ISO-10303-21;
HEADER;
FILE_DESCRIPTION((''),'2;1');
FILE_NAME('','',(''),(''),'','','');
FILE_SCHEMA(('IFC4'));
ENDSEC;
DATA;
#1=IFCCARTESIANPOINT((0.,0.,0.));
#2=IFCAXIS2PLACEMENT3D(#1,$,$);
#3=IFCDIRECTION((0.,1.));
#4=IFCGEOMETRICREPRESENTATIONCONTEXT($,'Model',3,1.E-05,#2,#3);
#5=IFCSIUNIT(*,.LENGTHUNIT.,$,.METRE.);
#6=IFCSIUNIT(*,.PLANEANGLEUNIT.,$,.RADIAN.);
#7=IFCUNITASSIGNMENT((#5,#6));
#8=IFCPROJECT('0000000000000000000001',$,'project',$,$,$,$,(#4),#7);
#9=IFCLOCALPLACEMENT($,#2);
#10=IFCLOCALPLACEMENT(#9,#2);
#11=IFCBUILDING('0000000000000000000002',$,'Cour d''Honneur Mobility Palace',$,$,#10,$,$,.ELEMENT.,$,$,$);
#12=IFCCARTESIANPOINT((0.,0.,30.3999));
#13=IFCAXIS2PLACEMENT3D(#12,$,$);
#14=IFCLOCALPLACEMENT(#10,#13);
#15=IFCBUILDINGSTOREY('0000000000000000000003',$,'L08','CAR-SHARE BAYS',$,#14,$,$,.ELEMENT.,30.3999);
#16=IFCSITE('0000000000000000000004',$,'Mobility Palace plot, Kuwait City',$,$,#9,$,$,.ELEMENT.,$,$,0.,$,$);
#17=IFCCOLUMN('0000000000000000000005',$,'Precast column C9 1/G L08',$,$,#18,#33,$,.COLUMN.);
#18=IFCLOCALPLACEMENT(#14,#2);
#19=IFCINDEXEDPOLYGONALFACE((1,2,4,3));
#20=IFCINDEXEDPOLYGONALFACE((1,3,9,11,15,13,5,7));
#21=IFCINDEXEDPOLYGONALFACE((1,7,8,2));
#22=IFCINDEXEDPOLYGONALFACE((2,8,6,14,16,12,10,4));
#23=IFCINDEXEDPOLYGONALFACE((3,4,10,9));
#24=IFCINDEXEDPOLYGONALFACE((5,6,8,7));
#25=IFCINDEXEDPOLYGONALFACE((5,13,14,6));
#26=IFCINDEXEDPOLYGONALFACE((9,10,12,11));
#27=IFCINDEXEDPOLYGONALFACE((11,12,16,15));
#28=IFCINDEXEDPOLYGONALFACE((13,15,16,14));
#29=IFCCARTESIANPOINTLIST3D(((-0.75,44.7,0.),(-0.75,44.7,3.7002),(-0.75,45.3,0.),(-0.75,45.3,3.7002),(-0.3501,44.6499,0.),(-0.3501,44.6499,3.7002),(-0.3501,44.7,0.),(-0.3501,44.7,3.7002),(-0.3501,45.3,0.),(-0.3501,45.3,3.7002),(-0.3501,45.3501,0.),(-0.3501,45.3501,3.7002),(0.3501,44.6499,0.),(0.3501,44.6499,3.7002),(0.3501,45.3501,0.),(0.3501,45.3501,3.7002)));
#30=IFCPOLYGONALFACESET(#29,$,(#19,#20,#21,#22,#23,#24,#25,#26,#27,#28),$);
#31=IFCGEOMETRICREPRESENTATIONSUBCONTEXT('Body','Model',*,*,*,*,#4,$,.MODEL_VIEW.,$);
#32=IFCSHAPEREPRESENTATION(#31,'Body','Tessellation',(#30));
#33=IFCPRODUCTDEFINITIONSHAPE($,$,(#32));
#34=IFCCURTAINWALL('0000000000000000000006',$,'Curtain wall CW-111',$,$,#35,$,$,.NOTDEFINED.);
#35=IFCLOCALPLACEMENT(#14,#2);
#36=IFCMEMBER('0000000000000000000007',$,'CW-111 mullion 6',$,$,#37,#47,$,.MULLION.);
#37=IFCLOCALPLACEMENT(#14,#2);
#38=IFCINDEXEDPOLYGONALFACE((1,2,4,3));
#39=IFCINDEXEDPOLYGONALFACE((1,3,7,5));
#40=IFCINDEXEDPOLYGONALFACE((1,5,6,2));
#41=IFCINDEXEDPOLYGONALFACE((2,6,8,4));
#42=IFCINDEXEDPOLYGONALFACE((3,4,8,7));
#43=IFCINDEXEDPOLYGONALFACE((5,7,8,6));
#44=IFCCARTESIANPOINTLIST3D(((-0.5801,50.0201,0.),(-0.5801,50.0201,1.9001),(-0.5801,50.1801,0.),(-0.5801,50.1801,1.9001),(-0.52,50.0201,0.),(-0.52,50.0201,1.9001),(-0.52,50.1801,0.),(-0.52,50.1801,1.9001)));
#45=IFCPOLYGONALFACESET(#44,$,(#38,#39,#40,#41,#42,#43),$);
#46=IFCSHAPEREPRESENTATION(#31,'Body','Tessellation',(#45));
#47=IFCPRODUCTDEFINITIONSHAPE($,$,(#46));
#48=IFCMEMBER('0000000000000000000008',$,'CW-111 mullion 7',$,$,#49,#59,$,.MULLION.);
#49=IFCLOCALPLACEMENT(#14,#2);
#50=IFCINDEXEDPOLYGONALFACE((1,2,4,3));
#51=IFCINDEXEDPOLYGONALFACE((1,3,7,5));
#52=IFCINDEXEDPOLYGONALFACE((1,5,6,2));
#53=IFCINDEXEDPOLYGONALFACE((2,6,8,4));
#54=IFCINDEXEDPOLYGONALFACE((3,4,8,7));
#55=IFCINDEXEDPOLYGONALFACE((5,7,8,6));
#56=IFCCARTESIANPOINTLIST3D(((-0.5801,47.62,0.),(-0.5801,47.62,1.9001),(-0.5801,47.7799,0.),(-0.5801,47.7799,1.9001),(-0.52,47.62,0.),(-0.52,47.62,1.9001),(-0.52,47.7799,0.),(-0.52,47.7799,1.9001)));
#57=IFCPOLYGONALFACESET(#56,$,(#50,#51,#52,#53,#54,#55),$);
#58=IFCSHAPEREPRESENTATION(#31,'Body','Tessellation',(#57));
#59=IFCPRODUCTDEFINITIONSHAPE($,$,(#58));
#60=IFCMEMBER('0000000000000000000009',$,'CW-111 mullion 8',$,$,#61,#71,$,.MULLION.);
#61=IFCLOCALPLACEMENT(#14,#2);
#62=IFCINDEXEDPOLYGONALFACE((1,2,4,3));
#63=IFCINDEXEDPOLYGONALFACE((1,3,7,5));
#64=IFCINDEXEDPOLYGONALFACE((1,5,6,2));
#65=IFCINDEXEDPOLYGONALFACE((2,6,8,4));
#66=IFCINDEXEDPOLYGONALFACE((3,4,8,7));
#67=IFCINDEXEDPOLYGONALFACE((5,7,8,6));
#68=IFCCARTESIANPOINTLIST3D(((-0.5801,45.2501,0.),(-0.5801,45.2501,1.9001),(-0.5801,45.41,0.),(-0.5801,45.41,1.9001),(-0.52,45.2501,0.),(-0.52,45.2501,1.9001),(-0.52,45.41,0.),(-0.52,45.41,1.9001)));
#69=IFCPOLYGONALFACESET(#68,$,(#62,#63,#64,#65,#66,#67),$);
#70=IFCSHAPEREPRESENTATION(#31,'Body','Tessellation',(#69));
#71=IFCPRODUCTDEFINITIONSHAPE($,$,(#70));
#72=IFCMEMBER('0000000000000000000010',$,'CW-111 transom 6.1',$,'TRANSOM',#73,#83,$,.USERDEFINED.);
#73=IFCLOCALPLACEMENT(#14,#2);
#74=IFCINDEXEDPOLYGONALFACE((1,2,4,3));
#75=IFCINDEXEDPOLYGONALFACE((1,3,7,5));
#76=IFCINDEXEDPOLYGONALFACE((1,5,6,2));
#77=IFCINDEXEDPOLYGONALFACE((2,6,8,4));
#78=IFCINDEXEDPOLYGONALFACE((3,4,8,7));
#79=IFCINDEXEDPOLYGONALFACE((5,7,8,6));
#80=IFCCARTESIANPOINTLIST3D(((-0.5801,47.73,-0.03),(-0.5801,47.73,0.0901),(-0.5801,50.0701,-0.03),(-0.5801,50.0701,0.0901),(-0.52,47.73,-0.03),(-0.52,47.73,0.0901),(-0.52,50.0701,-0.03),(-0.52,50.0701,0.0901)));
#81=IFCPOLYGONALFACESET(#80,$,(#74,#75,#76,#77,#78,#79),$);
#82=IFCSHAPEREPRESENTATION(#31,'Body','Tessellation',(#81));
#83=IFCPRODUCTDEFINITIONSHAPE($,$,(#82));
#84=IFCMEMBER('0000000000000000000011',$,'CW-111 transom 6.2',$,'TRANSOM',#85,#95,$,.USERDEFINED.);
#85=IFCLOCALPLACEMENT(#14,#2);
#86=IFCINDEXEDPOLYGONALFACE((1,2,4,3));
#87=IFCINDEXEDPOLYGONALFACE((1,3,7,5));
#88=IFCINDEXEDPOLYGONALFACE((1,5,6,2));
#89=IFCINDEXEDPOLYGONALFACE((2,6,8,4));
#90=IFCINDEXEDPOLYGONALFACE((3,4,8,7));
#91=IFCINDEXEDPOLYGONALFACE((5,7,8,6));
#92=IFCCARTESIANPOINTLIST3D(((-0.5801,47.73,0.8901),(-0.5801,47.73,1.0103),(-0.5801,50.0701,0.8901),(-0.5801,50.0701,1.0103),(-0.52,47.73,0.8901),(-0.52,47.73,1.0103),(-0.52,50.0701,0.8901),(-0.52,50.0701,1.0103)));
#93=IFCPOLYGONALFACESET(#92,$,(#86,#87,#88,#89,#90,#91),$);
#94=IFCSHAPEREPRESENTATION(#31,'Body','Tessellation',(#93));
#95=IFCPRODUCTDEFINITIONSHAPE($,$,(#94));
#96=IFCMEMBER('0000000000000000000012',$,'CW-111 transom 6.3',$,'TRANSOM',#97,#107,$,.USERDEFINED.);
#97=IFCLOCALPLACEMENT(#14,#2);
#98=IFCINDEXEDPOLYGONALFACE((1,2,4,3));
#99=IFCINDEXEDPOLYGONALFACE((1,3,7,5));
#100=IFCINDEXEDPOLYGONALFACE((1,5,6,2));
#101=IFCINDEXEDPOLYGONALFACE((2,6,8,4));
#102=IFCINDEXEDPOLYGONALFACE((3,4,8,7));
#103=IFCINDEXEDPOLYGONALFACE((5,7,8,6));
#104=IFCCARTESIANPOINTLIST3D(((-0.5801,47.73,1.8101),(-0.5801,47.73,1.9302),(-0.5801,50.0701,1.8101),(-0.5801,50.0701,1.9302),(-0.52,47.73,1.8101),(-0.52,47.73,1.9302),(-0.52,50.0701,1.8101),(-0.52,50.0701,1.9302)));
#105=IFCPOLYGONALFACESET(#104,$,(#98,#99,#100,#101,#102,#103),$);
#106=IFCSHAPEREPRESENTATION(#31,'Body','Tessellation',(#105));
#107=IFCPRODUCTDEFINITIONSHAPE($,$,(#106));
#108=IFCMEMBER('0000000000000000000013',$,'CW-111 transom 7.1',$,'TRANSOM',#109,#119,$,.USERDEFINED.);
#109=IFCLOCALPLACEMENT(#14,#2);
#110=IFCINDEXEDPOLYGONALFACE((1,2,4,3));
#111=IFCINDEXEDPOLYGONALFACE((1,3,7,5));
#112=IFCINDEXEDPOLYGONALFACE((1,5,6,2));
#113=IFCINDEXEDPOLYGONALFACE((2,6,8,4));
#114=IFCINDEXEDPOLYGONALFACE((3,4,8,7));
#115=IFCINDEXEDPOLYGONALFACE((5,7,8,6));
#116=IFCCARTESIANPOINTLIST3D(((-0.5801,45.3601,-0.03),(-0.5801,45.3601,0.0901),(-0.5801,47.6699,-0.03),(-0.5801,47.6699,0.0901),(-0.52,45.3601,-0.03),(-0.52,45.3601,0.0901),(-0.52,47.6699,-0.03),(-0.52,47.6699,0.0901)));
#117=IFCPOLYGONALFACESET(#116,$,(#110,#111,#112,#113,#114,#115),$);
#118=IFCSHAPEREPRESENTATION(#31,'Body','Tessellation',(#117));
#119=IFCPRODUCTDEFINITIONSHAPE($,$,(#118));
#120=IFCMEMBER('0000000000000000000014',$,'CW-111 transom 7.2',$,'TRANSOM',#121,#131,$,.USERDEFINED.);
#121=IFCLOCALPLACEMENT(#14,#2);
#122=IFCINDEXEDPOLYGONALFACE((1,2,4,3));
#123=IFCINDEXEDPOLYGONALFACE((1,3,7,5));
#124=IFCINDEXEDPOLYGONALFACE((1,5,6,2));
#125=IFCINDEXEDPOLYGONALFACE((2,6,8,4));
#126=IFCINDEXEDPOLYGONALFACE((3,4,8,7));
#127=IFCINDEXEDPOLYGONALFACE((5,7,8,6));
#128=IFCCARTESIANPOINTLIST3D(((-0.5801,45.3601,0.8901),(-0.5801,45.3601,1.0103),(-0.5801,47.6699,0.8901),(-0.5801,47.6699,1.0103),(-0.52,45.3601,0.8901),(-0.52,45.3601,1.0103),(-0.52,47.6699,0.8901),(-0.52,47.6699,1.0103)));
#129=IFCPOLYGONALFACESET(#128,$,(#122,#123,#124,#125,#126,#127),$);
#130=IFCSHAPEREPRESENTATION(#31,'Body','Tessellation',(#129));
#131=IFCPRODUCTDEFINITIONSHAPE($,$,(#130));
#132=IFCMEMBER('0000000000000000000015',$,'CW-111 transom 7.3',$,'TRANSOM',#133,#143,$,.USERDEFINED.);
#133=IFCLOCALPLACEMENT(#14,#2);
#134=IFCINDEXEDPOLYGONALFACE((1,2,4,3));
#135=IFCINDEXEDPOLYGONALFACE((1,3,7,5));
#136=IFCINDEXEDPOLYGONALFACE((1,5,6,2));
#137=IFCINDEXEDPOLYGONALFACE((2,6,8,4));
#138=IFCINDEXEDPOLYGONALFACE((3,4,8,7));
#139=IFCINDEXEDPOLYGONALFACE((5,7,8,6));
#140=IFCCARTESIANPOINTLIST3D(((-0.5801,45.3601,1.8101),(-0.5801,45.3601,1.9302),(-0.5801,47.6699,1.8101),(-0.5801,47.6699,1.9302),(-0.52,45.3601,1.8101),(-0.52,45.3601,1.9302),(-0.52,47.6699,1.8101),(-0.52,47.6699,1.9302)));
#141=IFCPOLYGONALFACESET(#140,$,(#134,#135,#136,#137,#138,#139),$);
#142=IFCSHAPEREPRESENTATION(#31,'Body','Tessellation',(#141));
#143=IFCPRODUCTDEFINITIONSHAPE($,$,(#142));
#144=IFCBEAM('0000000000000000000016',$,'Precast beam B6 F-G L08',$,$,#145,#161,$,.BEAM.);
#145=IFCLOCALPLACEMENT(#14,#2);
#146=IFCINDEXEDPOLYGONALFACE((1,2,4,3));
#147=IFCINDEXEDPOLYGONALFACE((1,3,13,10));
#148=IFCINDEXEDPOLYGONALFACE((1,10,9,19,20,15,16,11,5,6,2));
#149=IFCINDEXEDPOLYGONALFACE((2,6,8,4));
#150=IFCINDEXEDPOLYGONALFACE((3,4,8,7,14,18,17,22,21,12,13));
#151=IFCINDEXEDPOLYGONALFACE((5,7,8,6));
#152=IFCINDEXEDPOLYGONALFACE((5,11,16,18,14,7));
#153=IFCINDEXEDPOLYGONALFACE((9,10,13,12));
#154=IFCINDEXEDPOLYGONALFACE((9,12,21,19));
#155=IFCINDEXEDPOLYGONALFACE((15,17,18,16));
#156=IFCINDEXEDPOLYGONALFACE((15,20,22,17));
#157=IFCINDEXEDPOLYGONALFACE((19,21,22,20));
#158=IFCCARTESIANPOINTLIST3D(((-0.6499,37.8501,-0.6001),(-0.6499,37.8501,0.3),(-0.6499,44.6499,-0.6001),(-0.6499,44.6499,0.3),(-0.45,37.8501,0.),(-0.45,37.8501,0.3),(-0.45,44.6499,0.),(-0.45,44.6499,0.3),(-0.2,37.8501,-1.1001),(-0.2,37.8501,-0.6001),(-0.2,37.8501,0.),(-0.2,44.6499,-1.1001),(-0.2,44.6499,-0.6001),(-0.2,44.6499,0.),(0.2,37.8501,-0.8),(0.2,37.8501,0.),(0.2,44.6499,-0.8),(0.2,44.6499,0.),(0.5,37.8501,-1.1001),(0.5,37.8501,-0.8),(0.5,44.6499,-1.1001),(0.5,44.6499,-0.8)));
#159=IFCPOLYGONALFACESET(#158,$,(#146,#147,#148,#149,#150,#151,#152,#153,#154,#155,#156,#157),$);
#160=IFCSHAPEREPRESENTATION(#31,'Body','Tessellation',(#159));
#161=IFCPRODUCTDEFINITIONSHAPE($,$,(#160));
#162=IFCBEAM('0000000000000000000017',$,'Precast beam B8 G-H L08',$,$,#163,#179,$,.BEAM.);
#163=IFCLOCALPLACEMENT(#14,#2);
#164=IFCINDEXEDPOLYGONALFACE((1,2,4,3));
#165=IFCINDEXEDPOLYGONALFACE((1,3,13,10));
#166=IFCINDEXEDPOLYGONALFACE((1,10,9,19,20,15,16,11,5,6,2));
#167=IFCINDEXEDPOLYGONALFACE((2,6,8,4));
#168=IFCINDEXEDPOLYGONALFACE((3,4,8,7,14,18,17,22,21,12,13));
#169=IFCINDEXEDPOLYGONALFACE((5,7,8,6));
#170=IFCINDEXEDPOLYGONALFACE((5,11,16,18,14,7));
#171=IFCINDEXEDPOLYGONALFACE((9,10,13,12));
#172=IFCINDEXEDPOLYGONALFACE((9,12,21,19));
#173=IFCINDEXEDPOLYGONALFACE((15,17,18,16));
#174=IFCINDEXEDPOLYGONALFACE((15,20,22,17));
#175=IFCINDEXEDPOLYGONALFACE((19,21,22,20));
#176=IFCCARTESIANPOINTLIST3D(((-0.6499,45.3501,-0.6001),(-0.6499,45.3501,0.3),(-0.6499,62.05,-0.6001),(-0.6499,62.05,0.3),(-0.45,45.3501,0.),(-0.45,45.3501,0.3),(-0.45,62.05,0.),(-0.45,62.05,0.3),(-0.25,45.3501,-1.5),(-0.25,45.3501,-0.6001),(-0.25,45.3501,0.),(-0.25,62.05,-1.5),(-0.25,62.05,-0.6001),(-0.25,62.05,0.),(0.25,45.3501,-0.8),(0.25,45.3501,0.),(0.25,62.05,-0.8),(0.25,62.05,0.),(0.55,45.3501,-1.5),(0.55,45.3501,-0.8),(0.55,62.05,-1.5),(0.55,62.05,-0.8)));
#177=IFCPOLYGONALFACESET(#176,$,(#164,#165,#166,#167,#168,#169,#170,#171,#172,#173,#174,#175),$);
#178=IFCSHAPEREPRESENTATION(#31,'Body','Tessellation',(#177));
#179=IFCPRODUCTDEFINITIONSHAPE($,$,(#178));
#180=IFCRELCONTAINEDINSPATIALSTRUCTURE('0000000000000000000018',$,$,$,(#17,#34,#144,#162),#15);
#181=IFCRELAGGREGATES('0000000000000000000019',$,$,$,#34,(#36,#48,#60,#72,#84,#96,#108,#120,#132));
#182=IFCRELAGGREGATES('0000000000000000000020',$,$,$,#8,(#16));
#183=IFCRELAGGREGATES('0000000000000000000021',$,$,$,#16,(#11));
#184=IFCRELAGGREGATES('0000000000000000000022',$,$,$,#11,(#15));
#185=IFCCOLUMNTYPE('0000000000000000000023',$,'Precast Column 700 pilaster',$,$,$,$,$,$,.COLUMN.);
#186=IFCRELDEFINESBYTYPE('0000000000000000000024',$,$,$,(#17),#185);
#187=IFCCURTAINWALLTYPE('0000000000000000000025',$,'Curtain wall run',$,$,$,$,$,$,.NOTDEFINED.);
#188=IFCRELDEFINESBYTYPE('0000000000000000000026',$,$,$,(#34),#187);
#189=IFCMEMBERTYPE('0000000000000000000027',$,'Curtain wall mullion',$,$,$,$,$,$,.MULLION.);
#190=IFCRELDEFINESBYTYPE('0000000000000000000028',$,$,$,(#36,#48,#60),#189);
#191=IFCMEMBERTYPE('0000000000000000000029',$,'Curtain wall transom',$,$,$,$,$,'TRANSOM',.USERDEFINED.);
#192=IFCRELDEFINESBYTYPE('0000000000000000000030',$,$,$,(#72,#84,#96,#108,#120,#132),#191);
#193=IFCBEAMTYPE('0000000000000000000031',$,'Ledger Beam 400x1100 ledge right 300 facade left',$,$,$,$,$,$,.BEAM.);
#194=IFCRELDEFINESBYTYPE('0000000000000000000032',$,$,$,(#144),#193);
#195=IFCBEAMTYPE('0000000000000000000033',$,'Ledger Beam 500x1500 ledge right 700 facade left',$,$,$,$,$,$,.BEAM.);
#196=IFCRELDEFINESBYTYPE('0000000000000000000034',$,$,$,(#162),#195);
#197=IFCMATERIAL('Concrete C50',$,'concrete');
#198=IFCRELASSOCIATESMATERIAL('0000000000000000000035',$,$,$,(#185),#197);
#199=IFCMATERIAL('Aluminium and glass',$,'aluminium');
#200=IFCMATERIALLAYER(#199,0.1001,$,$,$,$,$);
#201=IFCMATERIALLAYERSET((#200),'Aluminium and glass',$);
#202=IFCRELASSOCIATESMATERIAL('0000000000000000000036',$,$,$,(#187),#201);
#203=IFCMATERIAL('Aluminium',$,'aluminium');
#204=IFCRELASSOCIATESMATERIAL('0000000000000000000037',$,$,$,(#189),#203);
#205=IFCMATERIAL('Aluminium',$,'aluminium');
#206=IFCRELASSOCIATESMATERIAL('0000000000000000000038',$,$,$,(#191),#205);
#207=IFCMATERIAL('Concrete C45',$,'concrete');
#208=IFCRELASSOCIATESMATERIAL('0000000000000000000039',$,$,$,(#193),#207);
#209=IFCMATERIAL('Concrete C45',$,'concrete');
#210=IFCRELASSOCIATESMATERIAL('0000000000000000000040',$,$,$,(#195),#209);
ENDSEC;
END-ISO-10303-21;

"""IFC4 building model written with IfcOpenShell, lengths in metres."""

from ifc_helpers import new_model, si_unit, direction, frame, origin, origin_2d, place, context, subcontext, project, spatial, polyline, rectangle, outline, extrude, material, layer, layer_set, material_profile, profile_set, type_object, element, aggregate, save


model = new_model("IFC4")

# Units and contexts
model_context = context("Model", 3, precision=1e-05, world=origin(), true_north=direction((0.0, 1.0)))
body_context = subcontext(model_context, "Body", "Model", "MODEL_VIEW")
ifc_project = project(units=[si_unit("LENGTHUNIT", "METRE"), si_unit("PLANEANGLEUNIT", "RADIAN")], contexts=[model_context])

# Site, building, storey
site_placement = place(None, origin())
site = spatial("IfcSite", under=ifc_project, at=site_placement, Name="Mobility Palace plot, Kuwait City", CompositionType="ELEMENT", RefElevation=0.0)
building_placement = place(site_placement, origin())
building = spatial("IfcBuilding", under=site, at=building_placement, Name="Cour d'Honneur Mobility Palace", CompositionType="ELEMENT")
storey_placement = place(building_placement, frame((0.0, 0.0, 30.3999)))
storey = spatial("IfcBuildingStorey", under=building, at=storey_placement, Name="L08", Description="CAR-SHARE BAYS", CompositionType="ELEMENT", Elevation=30.3999)

# Column
ifc_material_1 = material(Name="Concrete C50", Category="concrete")
ifc_material_profile_1 = material_profile(ifc_material_1, outline(polyline([(-0.3501, -0.3501), (0.3501, -0.3501), (0.3501, -0.3), (0.75, -0.3), (0.75, 0.3), (0.3501, 0.3), (0.3501, 0.3501), (-0.3501, 0.3501), (-0.3501, -0.3501)])), Name="PC C700 pilaster")
ifc_profile_set_1 = profile_set([ifc_material_profile_1], Name="Concrete C50")
column_type = type_object("IfcColumnType", Name="Precast Column 700 pilaster", PredefinedType="COLUMN", material=ifc_profile_set_1)
column_placement = place(storey_placement, frame((0.0, 45.0, 0.0), z_axis=(0.0, 0.0, 1.0), x_axis=(-1.0, 0.0, 0.0)))
element("IfcColumn", 1, at=column_placement, inside=storey, type_object=column_type, Name="Precast column C9 1/G L08", PredefinedType="COLUMN", context=body_context, shape_type="SweptSolid", body=[
    extrude(outline(polyline([(-0.3501, -0.3501), (0.3501, -0.3501), (0.3501, -0.3), (0.75, -0.3), (0.75, 0.3), (0.3501, 0.3), (0.3501, 0.3501), (-0.3501, 0.3501), (-0.3501, -0.3501)])), origin(), (0.0, 0.0, 1.0), 3.7002),
])

# Curtain wall, members
ifc_material_2 = material(Name="Aluminium and glass", Category="aluminium")
ifc_layer_1 = layer(ifc_material_2, 0.1001)
ifc_layer_set_1 = layer_set([ifc_layer_1], Name="Aluminium and glass")
curtain_wall_type = type_object("IfcCurtainWallType", Name="Curtain wall run", PredefinedType="NOTDEFINED", material=ifc_layer_set_1)
curtain_wall_placement = place(storey_placement, origin())
curtain_wall = element("IfcCurtainWall", 2, at=curtain_wall_placement, inside=storey, type_object=curtain_wall_type, Name="Curtain wall CW-111", PredefinedType="NOTDEFINED")
ifc_material_3 = material(Name="Aluminium", Category="aluminium")
ifc_material_profile_2 = material_profile(ifc_material_3, rectangle(XDim=0.0601, YDim=0.1599, at=origin_2d()), Name="Curtain wall mullion")
ifc_profile_set_2 = profile_set([ifc_material_profile_2], Name="Aluminium")
member_type_1 = type_object("IfcMemberType", Name="Curtain wall mullion", PredefinedType="MULLION", material=ifc_profile_set_2)
member_1_placement = place(storey_placement, frame((-0.55, 50.1001, 0.0), z_axis=(0.0, 0.0, 1.0), x_axis=(1.0, 0.0, 0.0)))
member_1 = element("IfcMember", 3, at=member_1_placement, type_object=member_type_1, Name="CW-111 mullion 6", PredefinedType="MULLION", context=body_context, shape_type="SweptSolid", body=[
    extrude(rectangle(XDim=0.0601, YDim=0.1599, at=origin_2d()), origin(), (0.0, 0.0, 1.0), 1.9001),
])
member_2_placement = place(storey_placement, frame((-0.55, 47.7, 0.0), z_axis=(0.0, 0.0, 1.0), x_axis=(1.0, 0.0, 0.0)))
member_2 = element("IfcMember", 4, at=member_2_placement, type_object=member_type_1, Name="CW-111 mullion 7", PredefinedType="MULLION", context=body_context, shape_type="SweptSolid", body=[
    extrude(rectangle(XDim=0.0601, YDim=0.1599, at=origin_2d()), origin(), (0.0, 0.0, 1.0), 1.9001),
])
member_3_placement = place(storey_placement, frame((-0.55, 45.3301, 0.0), z_axis=(0.0, 0.0, 1.0), x_axis=(1.0, 0.0, 0.0)))
member_3 = element("IfcMember", 5, at=member_3_placement, type_object=member_type_1, Name="CW-111 mullion 8", PredefinedType="MULLION", context=body_context, shape_type="SweptSolid", body=[
    extrude(rectangle(XDim=0.0601, YDim=0.1599, at=origin_2d()), origin(), (0.0, 0.0, 1.0), 1.9001),
])
ifc_material_4 = material(Name="Aluminium", Category="aluminium")
ifc_material_profile_3 = material_profile(ifc_material_4, rectangle(XDim=0.0601, YDim=0.1201, at=origin_2d()), Name="Curtain wall transom")
ifc_profile_set_3 = profile_set([ifc_material_profile_3], Name="Aluminium")
member_type_2 = type_object("IfcMemberType", Name="Curtain wall transom", ElementType="TRANSOM", PredefinedType="USERDEFINED", material=ifc_profile_set_3)
member_4_placement = place(storey_placement, frame((-0.55, 50.0701, 0.03), z_axis=(0.0, -1.0, 0.0), x_axis=(1.0, 0.0, 0.0)))
member_4 = element("IfcMember", 6, at=member_4_placement, type_object=member_type_2, Name="CW-111 transom 6.1", ObjectType="TRANSOM", PredefinedType="USERDEFINED", context=body_context, shape_type="SweptSolid", body=[
    extrude(rectangle(XDim=0.0601, YDim=0.1201, at=origin_2d()), origin(), (0.0, 0.0, 1.0), 2.3401),
])
member_5_placement = place(storey_placement, frame((-0.55, 50.0701, 0.9502), z_axis=(0.0, -1.0, 0.0), x_axis=(1.0, 0.0, 0.0)))
member_5 = element("IfcMember", 7, at=member_5_placement, type_object=member_type_2, Name="CW-111 transom 6.2", ObjectType="TRANSOM", PredefinedType="USERDEFINED", context=body_context, shape_type="SweptSolid", body=[
    extrude(rectangle(XDim=0.0601, YDim=0.1201, at=origin_2d()), origin(), (0.0, 0.0, 1.0), 2.3401),
])
member_6_placement = place(storey_placement, frame((-0.55, 50.0701, 1.8701), z_axis=(0.0, -1.0, 0.0), x_axis=(1.0, 0.0, 0.0)))
member_6 = element("IfcMember", 8, at=member_6_placement, type_object=member_type_2, Name="CW-111 transom 6.3", ObjectType="TRANSOM", PredefinedType="USERDEFINED", context=body_context, shape_type="SweptSolid", body=[
    extrude(rectangle(XDim=0.0601, YDim=0.1201, at=origin_2d()), origin(), (0.0, 0.0, 1.0), 2.3401),
])
member_7_placement = place(storey_placement, frame((-0.55, 47.6699, 0.03), z_axis=(0.0, -1.0, 0.0), x_axis=(1.0, 0.0, 0.0)))
member_7 = element("IfcMember", 9, at=member_7_placement, type_object=member_type_2, Name="CW-111 transom 7.1", ObjectType="TRANSOM", PredefinedType="USERDEFINED", context=body_context, shape_type="SweptSolid", body=[
    extrude(rectangle(XDim=0.0601, YDim=0.1201, at=origin_2d()), origin(), (0.0, 0.0, 1.0), 2.3098),
])
member_8_placement = place(storey_placement, frame((-0.55, 47.6699, 0.9502), z_axis=(0.0, -1.0, 0.0), x_axis=(1.0, 0.0, 0.0)))
member_8 = element("IfcMember", 10, at=member_8_placement, type_object=member_type_2, Name="CW-111 transom 7.2", ObjectType="TRANSOM", PredefinedType="USERDEFINED", context=body_context, shape_type="SweptSolid", body=[
    extrude(rectangle(XDim=0.0601, YDim=0.1201, at=origin_2d()), origin(), (0.0, 0.0, 1.0), 2.3098),
])
member_9_placement = place(storey_placement, frame((-0.55, 47.6699, 1.8701), z_axis=(0.0, -1.0, 0.0), x_axis=(1.0, 0.0, 0.0)))
member_9 = element("IfcMember", 11, at=member_9_placement, type_object=member_type_2, Name="CW-111 transom 7.3", ObjectType="TRANSOM", PredefinedType="USERDEFINED", context=body_context, shape_type="SweptSolid", body=[
    extrude(rectangle(XDim=0.0601, YDim=0.1201, at=origin_2d()), origin(), (0.0, 0.0, 1.0), 2.3098),
])

# Beams
ifc_material_5 = material(Name="Concrete C45", Category="concrete")
ifc_material_profile_4 = material_profile(ifc_material_5, outline(polyline([(0.2, -1.1001), (0.2, -0.6001), (0.6499, -0.6001), (0.6499, 0.3), (0.45, 0.3), (0.45, 0.0), (0.2, 0.0), (-0.2, 0.0), (-0.2, -0.8), (-0.5, -0.8), (-0.5, -1.1001), (0.2, -1.1001)])), Name="Ledger Beam 400x1100 ledge right 300 facade left")
ifc_profile_set_4 = profile_set([ifc_material_profile_4], Name="Concrete C45")
beam_type_1 = type_object("IfcBeamType", Name="Ledger Beam 400x1100 ledge right 300 facade left", PredefinedType="BEAM", material=ifc_profile_set_4)
beam_1_placement = place(storey_placement, frame((0.0, 37.8501, 0.0), z_axis=(0.0, 1.0, 0.0), x_axis=(-1.0, 0.0, 0.0)))
element("IfcBeam", 12, at=beam_1_placement, inside=storey, type_object=beam_type_1, Name="Precast beam B6 F-G L08", PredefinedType="BEAM", context=body_context, shape_type="SweptSolid", body=[
    extrude(outline(polyline([(0.2, -1.1001), (0.2, -0.6001), (0.6499, -0.6001), (0.6499, 0.3), (0.45, 0.3), (0.45, 0.0), (0.2, 0.0), (-0.2, 0.0), (-0.2, -0.8), (-0.5, -0.8), (-0.5, -1.1001), (0.2, -1.1001)])), origin(), (0.0, 0.0, 1.0), 6.7998),
])
ifc_material_6 = material(Name="Concrete C45", Category="concrete")
ifc_material_profile_5 = material_profile(ifc_material_6, outline(polyline([(0.25, -1.5), (0.25, -0.6001), (0.6499, -0.6001), (0.6499, 0.3), (0.45, 0.3), (0.45, 0.0), (0.25, 0.0), (-0.25, 0.0), (-0.25, -0.8), (-0.55, -0.8), (-0.55, -1.5), (0.25, -1.5)])), Name="Ledger Beam 500x1500 ledge right 700 facade left")
ifc_profile_set_5 = profile_set([ifc_material_profile_5], Name="Concrete C45")
beam_type_2 = type_object("IfcBeamType", Name="Ledger Beam 500x1500 ledge right 700 facade left", PredefinedType="BEAM", material=ifc_profile_set_5)
beam_2_placement = place(storey_placement, frame((0.0, 45.3501, 0.0), z_axis=(0.0, 1.0, 0.0), x_axis=(-1.0, 0.0, 0.0)))
element("IfcBeam", 13, at=beam_2_placement, inside=storey, type_object=beam_type_2, Name="Precast beam B8 G-H L08", PredefinedType="BEAM", context=body_context, shape_type="SweptSolid", body=[
    extrude(outline(polyline([(0.25, -1.5), (0.25, -0.6001), (0.6499, -0.6001), (0.6499, 0.3), (0.45, 0.3), (0.45, 0.0), (0.25, 0.0), (-0.25, 0.0), (-0.25, -0.8), (-0.55, -0.8), (-0.55, -1.5), (0.25, -1.5)])), origin(), (0.0, 0.0, 1.0), 16.7),
])

aggregate(curtain_wall, [member_1, member_2, member_3, member_4, member_5, member_6, member_7, member_8, member_9])

save(model, "model.ifc")
